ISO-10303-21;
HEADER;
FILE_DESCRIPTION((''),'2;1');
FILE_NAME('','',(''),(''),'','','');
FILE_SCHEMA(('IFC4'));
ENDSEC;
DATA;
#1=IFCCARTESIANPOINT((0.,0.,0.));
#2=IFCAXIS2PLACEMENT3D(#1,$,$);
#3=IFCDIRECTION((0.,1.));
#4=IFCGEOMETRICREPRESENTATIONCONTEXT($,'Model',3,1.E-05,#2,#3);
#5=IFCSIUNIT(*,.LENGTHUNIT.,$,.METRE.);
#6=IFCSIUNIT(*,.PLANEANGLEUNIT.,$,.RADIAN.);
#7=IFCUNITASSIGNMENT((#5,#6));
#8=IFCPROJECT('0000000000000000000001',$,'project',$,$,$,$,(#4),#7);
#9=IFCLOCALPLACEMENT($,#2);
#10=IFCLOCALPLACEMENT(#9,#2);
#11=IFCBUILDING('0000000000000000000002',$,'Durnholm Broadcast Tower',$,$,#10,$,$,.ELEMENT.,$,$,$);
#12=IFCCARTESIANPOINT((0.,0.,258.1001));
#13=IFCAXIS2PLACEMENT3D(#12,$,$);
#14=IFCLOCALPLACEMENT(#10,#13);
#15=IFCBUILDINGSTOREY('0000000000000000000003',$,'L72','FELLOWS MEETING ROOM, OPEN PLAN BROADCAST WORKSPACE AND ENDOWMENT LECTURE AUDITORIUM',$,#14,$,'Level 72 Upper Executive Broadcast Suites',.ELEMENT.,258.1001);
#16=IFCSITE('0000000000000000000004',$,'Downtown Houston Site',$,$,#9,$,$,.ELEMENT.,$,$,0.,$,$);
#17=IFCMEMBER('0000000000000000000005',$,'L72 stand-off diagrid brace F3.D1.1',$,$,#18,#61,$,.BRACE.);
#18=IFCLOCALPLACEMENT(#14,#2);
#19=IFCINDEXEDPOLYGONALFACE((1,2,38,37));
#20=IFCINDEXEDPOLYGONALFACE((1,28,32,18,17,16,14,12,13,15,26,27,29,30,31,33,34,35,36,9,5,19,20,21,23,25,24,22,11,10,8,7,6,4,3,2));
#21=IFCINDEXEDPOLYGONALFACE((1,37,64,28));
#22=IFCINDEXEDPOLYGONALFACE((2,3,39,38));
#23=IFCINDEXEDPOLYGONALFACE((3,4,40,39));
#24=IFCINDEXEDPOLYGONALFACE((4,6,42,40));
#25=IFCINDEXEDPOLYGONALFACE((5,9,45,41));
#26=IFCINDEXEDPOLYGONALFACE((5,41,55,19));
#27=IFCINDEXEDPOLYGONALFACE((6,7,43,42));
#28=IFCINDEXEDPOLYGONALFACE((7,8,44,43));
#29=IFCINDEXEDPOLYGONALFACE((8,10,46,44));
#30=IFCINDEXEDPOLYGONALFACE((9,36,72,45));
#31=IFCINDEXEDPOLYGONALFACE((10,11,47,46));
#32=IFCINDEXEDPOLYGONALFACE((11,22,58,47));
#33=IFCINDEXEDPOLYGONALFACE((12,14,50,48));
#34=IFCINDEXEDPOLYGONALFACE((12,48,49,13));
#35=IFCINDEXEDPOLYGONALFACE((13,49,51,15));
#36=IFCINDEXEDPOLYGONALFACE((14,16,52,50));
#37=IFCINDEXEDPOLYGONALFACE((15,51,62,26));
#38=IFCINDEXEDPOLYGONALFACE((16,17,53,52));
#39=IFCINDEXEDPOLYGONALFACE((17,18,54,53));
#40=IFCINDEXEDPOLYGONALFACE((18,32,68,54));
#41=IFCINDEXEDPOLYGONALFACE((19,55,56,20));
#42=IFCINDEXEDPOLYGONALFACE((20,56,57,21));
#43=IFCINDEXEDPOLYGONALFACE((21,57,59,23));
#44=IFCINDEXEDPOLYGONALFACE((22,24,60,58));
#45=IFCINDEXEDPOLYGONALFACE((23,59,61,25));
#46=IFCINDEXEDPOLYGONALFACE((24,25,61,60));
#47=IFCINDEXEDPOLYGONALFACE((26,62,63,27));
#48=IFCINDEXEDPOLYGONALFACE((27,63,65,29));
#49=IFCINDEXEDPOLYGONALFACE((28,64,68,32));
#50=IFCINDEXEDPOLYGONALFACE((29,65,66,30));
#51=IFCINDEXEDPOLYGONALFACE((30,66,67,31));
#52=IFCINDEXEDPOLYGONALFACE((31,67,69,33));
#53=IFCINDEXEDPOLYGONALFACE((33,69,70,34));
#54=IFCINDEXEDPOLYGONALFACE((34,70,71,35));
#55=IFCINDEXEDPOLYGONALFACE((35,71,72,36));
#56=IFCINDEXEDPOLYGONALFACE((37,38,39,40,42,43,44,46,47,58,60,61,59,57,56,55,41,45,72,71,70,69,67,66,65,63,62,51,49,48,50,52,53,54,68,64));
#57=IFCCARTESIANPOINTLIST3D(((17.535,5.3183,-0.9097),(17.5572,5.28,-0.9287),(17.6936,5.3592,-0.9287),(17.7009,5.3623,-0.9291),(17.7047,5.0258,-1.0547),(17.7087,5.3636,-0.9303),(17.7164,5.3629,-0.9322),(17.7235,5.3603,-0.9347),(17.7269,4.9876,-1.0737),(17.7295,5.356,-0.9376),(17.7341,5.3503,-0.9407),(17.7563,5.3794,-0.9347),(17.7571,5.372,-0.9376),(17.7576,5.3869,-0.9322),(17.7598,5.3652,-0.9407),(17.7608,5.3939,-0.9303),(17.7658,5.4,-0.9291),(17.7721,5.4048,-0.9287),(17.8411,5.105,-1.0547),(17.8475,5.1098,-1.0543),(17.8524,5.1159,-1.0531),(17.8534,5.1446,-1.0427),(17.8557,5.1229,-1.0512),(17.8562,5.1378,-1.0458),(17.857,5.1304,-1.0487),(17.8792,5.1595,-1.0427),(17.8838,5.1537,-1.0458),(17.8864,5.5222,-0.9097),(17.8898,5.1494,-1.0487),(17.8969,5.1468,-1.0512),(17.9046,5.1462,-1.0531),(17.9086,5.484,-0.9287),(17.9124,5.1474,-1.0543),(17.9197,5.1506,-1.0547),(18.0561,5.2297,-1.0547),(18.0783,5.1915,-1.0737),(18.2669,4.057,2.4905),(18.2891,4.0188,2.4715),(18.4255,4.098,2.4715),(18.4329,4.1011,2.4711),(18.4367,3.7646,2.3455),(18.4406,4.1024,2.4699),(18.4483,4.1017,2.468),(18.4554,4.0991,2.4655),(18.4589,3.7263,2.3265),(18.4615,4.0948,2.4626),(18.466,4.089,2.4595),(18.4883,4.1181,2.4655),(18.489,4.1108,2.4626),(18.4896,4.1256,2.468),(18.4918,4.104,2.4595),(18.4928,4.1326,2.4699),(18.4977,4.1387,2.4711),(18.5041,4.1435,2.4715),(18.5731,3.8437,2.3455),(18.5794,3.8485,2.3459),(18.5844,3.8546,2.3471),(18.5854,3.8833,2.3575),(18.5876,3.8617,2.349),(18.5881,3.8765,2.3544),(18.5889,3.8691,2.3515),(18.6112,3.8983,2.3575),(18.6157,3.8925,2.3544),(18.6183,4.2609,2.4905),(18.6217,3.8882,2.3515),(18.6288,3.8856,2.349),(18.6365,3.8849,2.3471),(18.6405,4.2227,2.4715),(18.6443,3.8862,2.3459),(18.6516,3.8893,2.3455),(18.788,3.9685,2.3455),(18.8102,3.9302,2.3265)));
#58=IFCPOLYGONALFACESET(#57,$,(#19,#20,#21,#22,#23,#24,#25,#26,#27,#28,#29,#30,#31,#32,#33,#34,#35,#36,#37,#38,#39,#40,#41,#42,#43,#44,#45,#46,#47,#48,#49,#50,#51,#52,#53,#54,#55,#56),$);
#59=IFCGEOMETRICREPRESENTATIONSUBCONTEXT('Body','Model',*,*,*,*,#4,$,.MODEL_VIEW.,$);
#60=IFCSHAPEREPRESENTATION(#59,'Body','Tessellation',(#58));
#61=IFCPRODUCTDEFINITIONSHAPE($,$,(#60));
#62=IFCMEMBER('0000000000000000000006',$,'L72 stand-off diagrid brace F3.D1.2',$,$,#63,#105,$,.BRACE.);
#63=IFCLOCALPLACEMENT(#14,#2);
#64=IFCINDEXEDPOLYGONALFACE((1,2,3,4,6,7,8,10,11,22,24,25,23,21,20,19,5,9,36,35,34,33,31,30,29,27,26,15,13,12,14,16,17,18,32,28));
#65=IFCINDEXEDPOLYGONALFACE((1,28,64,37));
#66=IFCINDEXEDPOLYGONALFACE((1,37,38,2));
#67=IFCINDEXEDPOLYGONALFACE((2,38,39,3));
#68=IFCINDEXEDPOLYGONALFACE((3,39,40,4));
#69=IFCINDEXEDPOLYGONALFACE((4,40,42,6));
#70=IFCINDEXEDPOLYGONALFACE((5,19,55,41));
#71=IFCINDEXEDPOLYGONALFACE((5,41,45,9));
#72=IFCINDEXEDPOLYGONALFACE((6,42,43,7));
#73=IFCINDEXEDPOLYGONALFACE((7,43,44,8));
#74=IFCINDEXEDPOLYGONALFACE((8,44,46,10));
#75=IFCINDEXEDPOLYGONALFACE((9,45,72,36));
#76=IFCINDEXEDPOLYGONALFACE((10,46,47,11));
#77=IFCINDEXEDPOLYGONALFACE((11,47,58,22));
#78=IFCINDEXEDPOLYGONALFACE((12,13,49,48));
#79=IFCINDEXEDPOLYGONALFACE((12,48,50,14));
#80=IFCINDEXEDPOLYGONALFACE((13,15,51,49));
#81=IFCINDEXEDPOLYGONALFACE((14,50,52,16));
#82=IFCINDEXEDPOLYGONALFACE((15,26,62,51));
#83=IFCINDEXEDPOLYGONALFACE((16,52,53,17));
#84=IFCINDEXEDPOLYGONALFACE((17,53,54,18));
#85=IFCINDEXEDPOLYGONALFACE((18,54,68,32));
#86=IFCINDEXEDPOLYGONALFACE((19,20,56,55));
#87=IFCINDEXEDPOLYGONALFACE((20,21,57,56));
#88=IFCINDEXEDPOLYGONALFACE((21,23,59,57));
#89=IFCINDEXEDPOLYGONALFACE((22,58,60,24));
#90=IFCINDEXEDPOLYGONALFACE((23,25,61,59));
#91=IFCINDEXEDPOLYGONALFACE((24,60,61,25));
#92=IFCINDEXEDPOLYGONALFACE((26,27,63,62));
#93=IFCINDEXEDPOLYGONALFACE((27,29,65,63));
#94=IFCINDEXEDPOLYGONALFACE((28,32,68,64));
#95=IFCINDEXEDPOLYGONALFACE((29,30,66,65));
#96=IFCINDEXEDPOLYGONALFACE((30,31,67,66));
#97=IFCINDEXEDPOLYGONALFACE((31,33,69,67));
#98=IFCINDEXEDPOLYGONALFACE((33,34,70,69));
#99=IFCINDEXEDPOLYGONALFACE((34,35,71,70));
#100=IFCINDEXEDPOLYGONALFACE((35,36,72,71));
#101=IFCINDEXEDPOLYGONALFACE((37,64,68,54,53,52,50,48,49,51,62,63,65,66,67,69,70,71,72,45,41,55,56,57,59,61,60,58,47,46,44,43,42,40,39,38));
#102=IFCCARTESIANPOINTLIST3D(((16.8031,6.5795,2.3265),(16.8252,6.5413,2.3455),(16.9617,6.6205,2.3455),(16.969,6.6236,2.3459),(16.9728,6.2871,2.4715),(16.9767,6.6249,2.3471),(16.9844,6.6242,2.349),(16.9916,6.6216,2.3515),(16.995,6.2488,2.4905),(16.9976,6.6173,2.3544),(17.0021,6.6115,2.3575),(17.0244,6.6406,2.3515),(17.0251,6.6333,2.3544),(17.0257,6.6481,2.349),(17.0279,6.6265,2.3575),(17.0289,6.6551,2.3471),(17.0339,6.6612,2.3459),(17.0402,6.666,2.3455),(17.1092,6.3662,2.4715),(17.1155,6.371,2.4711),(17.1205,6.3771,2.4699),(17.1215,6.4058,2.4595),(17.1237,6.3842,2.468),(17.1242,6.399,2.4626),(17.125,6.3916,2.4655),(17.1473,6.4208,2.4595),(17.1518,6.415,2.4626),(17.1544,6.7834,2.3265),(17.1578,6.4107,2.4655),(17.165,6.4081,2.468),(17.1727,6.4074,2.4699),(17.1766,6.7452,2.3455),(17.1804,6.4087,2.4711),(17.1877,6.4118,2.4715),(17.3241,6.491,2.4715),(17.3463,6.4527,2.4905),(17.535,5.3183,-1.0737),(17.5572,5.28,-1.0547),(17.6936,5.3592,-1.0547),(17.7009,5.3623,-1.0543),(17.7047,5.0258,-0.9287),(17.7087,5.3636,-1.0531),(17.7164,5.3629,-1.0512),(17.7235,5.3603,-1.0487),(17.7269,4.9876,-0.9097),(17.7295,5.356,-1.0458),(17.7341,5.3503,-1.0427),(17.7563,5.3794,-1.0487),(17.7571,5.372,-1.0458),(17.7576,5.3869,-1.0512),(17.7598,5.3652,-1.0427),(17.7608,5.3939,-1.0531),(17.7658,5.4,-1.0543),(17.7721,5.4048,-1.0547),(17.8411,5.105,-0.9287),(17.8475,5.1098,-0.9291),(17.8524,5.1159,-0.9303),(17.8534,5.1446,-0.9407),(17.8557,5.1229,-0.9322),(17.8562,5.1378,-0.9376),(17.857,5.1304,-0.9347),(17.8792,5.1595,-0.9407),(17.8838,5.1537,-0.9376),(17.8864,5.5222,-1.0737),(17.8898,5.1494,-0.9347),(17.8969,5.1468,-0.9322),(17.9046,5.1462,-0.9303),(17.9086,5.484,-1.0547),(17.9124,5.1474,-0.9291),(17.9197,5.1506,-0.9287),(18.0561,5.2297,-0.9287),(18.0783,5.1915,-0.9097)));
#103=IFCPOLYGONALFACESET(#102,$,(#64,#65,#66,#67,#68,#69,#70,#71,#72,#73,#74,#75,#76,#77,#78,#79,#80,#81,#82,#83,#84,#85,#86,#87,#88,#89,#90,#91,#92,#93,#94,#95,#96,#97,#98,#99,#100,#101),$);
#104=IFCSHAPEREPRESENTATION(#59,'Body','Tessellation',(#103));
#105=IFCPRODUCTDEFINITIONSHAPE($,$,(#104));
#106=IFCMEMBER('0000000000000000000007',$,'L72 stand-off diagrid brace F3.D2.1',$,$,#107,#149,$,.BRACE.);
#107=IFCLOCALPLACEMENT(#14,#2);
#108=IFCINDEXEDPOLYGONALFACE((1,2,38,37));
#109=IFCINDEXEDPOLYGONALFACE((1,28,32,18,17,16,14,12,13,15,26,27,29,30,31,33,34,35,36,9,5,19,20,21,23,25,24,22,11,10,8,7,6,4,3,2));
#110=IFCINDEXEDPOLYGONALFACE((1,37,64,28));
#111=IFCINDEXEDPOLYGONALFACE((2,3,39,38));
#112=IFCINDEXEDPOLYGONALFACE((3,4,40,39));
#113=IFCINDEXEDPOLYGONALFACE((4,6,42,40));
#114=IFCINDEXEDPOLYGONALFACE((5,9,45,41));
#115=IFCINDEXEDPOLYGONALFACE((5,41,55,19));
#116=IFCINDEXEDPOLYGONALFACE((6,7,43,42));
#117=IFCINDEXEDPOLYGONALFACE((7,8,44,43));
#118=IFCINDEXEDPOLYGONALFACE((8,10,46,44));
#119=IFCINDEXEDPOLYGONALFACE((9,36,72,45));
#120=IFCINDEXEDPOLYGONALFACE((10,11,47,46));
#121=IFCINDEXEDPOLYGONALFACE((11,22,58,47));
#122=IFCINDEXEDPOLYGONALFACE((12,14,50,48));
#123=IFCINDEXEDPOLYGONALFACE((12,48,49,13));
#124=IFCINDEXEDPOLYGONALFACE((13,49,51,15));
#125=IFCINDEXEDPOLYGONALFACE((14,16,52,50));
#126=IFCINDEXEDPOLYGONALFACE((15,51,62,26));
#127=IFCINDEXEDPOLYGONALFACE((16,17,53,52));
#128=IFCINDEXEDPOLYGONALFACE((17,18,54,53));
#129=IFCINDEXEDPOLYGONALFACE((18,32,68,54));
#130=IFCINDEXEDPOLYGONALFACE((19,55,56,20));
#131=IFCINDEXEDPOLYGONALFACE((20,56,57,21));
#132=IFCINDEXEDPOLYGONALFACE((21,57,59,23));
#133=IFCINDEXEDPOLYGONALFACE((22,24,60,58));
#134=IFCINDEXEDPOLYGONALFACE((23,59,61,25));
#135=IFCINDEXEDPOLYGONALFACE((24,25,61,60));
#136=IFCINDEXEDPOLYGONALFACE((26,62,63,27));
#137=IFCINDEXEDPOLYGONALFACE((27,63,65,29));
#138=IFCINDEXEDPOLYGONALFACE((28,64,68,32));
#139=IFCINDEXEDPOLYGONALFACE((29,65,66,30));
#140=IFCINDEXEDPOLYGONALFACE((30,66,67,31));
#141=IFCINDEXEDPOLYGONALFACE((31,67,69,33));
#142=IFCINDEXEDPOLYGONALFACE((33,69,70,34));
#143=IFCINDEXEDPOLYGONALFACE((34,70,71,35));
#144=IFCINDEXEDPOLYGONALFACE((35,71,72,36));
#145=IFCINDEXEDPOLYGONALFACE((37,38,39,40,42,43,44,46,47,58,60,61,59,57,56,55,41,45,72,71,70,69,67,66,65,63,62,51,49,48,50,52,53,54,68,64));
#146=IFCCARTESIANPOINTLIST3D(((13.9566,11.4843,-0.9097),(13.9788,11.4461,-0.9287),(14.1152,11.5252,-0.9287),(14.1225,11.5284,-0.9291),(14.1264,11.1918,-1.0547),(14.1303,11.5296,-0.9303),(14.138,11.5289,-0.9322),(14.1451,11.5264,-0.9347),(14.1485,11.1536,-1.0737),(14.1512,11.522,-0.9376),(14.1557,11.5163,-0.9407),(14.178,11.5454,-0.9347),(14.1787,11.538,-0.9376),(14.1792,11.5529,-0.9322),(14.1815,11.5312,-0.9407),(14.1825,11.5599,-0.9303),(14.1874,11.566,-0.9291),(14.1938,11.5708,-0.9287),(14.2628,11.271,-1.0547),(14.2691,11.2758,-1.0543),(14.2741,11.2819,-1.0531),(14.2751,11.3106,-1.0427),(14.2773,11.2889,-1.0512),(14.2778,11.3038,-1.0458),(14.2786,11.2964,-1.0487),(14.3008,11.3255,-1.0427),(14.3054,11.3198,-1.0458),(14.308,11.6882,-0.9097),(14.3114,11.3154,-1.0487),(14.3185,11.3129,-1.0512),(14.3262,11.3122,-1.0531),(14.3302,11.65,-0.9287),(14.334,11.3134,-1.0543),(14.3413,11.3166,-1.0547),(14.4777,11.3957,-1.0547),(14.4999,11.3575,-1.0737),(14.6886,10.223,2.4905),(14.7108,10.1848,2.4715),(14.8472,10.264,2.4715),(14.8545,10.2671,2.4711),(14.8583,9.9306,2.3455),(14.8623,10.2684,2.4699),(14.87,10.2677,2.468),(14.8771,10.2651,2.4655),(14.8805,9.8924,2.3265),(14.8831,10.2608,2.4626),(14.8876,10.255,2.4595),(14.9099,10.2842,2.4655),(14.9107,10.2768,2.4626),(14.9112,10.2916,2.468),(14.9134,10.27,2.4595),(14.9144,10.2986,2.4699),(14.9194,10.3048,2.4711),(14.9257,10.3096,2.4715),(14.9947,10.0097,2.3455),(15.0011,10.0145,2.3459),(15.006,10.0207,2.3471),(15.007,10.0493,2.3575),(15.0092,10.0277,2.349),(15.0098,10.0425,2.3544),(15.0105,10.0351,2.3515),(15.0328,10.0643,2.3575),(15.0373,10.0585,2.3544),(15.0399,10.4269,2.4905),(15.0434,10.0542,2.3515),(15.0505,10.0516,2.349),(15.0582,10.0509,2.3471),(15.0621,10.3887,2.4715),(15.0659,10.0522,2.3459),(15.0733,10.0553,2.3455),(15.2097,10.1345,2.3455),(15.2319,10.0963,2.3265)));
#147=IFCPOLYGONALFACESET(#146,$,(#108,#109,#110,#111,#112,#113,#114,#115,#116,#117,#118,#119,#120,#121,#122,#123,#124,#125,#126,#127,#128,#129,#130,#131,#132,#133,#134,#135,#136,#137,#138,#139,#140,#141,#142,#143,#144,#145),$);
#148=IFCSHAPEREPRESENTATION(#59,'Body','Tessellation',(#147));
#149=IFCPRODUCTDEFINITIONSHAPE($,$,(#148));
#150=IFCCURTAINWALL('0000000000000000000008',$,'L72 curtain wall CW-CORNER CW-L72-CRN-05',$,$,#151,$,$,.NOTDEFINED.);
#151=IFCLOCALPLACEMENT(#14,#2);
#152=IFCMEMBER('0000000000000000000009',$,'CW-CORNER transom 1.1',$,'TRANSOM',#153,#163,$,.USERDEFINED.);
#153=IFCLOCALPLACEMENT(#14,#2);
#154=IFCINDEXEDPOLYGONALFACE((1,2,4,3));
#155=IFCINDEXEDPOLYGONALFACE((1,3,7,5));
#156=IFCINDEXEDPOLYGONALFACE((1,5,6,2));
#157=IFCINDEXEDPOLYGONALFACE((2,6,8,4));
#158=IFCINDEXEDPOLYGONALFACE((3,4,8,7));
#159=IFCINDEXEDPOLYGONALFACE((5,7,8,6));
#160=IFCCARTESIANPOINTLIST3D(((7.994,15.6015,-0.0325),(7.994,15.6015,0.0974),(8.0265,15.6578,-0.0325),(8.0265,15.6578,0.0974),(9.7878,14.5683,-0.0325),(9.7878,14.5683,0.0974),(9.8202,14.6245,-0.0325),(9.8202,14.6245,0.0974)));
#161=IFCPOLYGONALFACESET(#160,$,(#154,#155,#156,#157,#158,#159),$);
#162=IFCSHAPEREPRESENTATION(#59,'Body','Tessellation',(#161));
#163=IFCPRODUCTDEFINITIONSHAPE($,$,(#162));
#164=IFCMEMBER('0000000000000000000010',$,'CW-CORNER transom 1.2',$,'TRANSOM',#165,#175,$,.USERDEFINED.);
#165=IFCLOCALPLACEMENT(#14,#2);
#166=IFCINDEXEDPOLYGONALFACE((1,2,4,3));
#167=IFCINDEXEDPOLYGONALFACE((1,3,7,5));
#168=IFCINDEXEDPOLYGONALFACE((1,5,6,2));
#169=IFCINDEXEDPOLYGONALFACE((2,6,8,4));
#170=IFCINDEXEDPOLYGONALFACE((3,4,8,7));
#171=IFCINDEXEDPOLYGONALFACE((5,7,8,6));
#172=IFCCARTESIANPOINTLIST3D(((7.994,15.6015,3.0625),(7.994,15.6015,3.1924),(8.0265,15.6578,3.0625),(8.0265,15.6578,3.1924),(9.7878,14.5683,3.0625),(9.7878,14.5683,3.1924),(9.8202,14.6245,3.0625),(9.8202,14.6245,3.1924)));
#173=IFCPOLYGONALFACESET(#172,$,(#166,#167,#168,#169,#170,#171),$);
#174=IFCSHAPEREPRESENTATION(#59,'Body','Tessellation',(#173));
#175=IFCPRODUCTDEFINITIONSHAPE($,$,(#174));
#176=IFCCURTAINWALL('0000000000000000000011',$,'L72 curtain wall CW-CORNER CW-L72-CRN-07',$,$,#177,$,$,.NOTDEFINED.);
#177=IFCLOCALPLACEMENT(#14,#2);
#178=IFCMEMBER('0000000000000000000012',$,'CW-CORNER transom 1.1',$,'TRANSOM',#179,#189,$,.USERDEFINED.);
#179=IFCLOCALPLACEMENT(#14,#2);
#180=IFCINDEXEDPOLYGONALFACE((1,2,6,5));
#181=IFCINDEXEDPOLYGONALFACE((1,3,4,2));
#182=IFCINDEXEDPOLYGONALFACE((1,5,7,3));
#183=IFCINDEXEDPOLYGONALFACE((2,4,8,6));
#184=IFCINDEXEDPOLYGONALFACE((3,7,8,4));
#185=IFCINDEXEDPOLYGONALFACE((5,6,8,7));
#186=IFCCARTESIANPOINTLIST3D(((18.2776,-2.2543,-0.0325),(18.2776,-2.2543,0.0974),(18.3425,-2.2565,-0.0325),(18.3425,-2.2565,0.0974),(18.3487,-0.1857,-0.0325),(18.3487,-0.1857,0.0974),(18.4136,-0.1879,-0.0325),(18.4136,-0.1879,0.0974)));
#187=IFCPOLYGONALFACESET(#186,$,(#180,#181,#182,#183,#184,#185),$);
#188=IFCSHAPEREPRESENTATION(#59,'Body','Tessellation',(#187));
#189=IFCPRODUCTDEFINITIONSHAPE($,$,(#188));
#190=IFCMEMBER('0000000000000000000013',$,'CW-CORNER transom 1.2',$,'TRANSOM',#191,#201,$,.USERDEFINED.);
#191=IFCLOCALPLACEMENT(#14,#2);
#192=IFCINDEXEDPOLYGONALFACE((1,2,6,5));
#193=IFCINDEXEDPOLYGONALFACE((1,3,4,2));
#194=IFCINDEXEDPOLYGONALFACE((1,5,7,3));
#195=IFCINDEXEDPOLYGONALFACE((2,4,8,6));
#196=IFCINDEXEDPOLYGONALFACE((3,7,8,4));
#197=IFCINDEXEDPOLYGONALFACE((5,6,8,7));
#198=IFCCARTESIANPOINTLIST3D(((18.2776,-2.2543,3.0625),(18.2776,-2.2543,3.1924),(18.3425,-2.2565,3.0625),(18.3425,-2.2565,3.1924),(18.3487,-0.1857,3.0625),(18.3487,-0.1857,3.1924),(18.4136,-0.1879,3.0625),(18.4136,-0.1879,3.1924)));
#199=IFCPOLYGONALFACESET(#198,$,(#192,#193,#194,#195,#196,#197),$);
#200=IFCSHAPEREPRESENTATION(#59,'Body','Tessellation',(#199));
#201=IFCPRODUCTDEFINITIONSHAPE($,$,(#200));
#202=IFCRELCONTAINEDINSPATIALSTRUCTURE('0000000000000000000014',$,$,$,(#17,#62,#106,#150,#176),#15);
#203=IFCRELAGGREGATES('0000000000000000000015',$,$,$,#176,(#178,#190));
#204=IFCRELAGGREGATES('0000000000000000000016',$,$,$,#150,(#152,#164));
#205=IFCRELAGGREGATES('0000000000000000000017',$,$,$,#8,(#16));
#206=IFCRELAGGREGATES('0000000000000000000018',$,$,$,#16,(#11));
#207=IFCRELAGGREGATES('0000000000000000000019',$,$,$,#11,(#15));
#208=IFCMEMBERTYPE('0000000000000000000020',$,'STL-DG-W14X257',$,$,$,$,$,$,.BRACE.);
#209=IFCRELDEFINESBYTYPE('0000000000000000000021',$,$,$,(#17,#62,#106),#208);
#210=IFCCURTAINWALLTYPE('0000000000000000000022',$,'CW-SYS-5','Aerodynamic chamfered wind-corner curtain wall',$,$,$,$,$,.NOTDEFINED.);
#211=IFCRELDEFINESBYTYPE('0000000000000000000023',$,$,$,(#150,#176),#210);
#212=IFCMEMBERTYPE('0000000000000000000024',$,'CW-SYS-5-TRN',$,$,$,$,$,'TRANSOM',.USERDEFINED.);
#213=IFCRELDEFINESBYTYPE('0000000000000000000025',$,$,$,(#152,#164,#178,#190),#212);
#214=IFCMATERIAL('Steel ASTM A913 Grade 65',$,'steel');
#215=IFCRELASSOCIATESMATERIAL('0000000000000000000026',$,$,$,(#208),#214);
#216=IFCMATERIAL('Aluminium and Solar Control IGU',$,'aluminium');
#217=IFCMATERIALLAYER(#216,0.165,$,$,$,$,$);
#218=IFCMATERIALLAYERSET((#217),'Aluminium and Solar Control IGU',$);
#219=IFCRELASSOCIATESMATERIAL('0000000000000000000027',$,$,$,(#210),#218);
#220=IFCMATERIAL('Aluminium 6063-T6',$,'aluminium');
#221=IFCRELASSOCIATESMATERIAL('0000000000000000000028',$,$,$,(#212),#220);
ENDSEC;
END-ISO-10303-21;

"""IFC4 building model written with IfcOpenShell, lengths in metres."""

from ifc_helpers import new_model, si_unit, direction, frame, origin, origin_2d, place, context, subcontext, project, spatial, rectangle, i_section, extrude, source, transform, mapped, material, layer, layer_set, material_profile, profile_set, type_object, type_shapes, element, aggregate, save


model = new_model("IFC4")

# Units and contexts
model_context = context("Model", 3, precision=1e-05, world=origin(), true_north=direction((0.0, 1.0)))
body_context = subcontext(model_context, "Body", "Model", "MODEL_VIEW")
ifc_project = project(units=[si_unit("LENGTHUNIT", "METRE"), si_unit("PLANEANGLEUNIT", "RADIAN")], contexts=[model_context])

# Site, building, storey
site_placement = place(None, origin())
site = spatial("IfcSite", under=ifc_project, at=site_placement, Name="Downtown Houston Site", CompositionType="ELEMENT", RefElevation=0.0)
building_placement = place(site_placement, origin())
building = spatial("IfcBuilding", under=site, at=building_placement, Name="Durnholm Broadcast Tower", CompositionType="ELEMENT")
storey_placement = place(building_placement, frame((0.0, 0.0, 258.1001)))
storey = spatial("IfcBuildingStorey", under=building, at=storey_placement, Name="L72", Description="FELLOWS MEETING ROOM, OPEN PLAN BROADCAST WORKSPACE AND ENDOWMENT LECTURE AUDITORIUM", LongName="Level 72 Upper Executive Broadcast Suites", CompositionType="ELEMENT", Elevation=258.1001)

# Members
ifc_material_1 = material(Name="Steel ASTM A913 Grade 65", Category="steel")
ifc_material_profile_1 = material_profile(ifc_material_1, i_section(OverallWidth=0.4062, OverallDepth=0.416, WebThickness=0.0298, FlangeThickness=0.0481, FilletRadius=0.0305, at=origin_2d()), Name="W14X257")
ifc_profile_set_1 = profile_set([ifc_material_profile_1], Name="Steel ASTM A913 Grade 65")
member_type_1 = type_object("IfcMemberType", Name="STL-DG-W14X257", PredefinedType="BRACE", material=ifc_profile_set_1)
shared_shape_1 = source(origin(), body_context, "Body", "SweptSolid", [
    extrude(i_section(OverallWidth=0.4062, OverallDepth=0.416, WebThickness=0.0298, FlangeThickness=0.0481, FilletRadius=0.0305, at=origin_2d()), origin(), (0.0, 0.0, 1.0), 3.6997),
])
for number, where, z_axis, x_axis, name in (
    (1, (17.8066, 5.2549, -0.9917), (0.197838, -0.340905, 0.919045), (0.864906, 0.501934, 0.0), "L72 stand-off diagrid brace F3.D1.1"),
    (2, (17.8066, 5.2549, -0.9917), (-0.197838, 0.340905, 0.919045), (-0.864906, -0.501934, 0.0), "L72 stand-off diagrid brace F3.D1.2"),
    (3, (14.2283, 11.4209, -0.9917), (0.197838, -0.340905, 0.919045), (0.864906, 0.501934, 0.0), "L72 stand-off diagrid brace F3.D2.1"),
):
    element("IfcMember", number, at=place(storey_placement, frame(where, z_axis=z_axis, x_axis=x_axis)), inside=storey, type_object=member_type_1, Name=name, PredefinedType="BRACE", context=body_context, shape_type="MappedRepresentation", body=[
        mapped(shared_shape_1, transform((0.0, 0.0, 0.0), x_axis=(1.0, 0.0, 0.0), y_axis=(0.0, 1.0, 0.0), z_axis=(0.0, 0.0, 1.0), scale=1.0)),
    ])

# Curtain walls, members
ifc_material_2 = material(Name="Aluminium and Solar Control IGU", Category="aluminium")
ifc_layer_1 = layer(ifc_material_2, 0.165)
ifc_layer_set_1 = layer_set([ifc_layer_1], Name="Aluminium and Solar Control IGU")
curtain_wall_type_1 = type_object("IfcCurtainWallType", Name="CW-SYS-5", Description="Aerodynamic chamfered wind-corner curtain wall", PredefinedType="NOTDEFINED", material=ifc_layer_set_1)
curtain_wall_1_placement = place(storey_placement, origin())
curtain_wall_1 = element("IfcCurtainWall", 4, at=curtain_wall_1_placement, inside=storey, type_object=curtain_wall_type_1, Name="L72 curtain wall CW-CORNER CW-L72-CRN-05", PredefinedType="NOTDEFINED")
ifc_material_3 = material(Name="Aluminium 6063-T6", Category="aluminium")
ifc_material_profile_2 = material_profile(ifc_material_3, rectangle(XDim=0.0649, YDim=0.1299, at=origin_2d()), Name="CWT65X130")
ifc_profile_set_2 = profile_set([ifc_material_profile_2], Name="Aluminium 6063-T6")
member_type_2 = type_object("IfcMemberType", Name="CW-SYS-5-TRN", ElementType="TRANSOM", PredefinedType="USERDEFINED", material=ifc_profile_set_2)
shared_shape_2 = source(origin(), body_context, "Body", "SweptSolid", [
    extrude(rectangle(XDim=0.0649, YDim=0.1299, at=origin_2d()), origin(), (0.0, 0.0, 1.0), 2.0701),
])
member_1_placement = place(storey_placement, frame((8.0103, 15.6296, 0.0325), z_axis=(0.866525, -0.499134, 0.0), x_axis=(0.499134, 0.866525, 0.0)))
member_1 = element("IfcMember", 5, at=member_1_placement, type_object=member_type_2, Name="CW-CORNER transom 1.1", ObjectType="TRANSOM", PredefinedType="USERDEFINED", context=body_context, shape_type="MappedRepresentation", body=[
    mapped(shared_shape_2, transform((0.0, 0.0, 0.0), x_axis=(1.0, 0.0, 0.0), y_axis=(0.0, 1.0, 0.0), z_axis=(0.0, 0.0, 1.0), scale=1.0)),
])
member_2_placement = place(storey_placement, frame((8.0103, 15.6296, 3.1274), z_axis=(0.866525, -0.499134, 0.0), x_axis=(0.499134, 0.866525, 0.0)))
member_2 = element("IfcMember", 6, at=member_2_placement, type_object=member_type_2, Name="CW-CORNER transom 1.2", ObjectType="TRANSOM", PredefinedType="USERDEFINED", context=body_context, shape_type="MappedRepresentation", body=[
    mapped(shared_shape_2, transform((0.0, 0.0, 0.0), x_axis=(1.0, 0.0, 0.0), y_axis=(0.0, 1.0, 0.0), z_axis=(0.0, 0.0, 1.0), scale=1.0)),
])
curtain_wall_2_placement = place(storey_placement, origin())
curtain_wall_2 = element("IfcCurtainWall", 7, at=curtain_wall_2_placement, inside=storey, type_object=curtain_wall_type_1, Name="L72 curtain wall CW-CORNER CW-L72-CRN-07", PredefinedType="NOTDEFINED")
shared_shape_3 = source(origin(), body_context, "Body", "SweptSolid", [
    extrude(rectangle(XDim=0.0649, YDim=0.1299, at=origin_2d()), origin(), (0.0, 0.0, 1.0), 2.0698),
])
type_shapes(member_type_2, [shared_shape_2, shared_shape_3])
member_3_placement = place(storey_placement, frame((18.3811, -0.1868, 0.0325), z_axis=(-0.034324, -0.999411, 0.0), x_axis=(0.999411, -0.034324, 0.0)))
member_3 = element("IfcMember", 8, at=member_3_placement, type_object=member_type_2, Name="CW-CORNER transom 1.1", ObjectType="TRANSOM", PredefinedType="USERDEFINED", context=body_context, shape_type="MappedRepresentation", body=[
    mapped(shared_shape_3, transform((0.0, 0.0, 0.0), x_axis=(1.0, 0.0, 0.0), y_axis=(0.0, 1.0, 0.0), z_axis=(0.0, 0.0, 1.0), scale=1.0)),
])
member_4_placement = place(storey_placement, frame((18.3811, -0.1868, 3.1274), z_axis=(-0.034324, -0.999411, 0.0), x_axis=(0.999411, -0.034324, 0.0)))
member_4 = element("IfcMember", 9, at=member_4_placement, type_object=member_type_2, Name="CW-CORNER transom 1.2", ObjectType="TRANSOM", PredefinedType="USERDEFINED", context=body_context, shape_type="MappedRepresentation", body=[
    mapped(shared_shape_3, transform((0.0, 0.0, 0.0), x_axis=(1.0, 0.0, 0.0), y_axis=(0.0, 1.0, 0.0), z_axis=(0.0, 0.0, 1.0), scale=1.0)),
])

aggregate(curtain_wall_2, [member_3, member_4])

aggregate(curtain_wall_1, [member_1, member_2])

save(model, "model.ifc")
